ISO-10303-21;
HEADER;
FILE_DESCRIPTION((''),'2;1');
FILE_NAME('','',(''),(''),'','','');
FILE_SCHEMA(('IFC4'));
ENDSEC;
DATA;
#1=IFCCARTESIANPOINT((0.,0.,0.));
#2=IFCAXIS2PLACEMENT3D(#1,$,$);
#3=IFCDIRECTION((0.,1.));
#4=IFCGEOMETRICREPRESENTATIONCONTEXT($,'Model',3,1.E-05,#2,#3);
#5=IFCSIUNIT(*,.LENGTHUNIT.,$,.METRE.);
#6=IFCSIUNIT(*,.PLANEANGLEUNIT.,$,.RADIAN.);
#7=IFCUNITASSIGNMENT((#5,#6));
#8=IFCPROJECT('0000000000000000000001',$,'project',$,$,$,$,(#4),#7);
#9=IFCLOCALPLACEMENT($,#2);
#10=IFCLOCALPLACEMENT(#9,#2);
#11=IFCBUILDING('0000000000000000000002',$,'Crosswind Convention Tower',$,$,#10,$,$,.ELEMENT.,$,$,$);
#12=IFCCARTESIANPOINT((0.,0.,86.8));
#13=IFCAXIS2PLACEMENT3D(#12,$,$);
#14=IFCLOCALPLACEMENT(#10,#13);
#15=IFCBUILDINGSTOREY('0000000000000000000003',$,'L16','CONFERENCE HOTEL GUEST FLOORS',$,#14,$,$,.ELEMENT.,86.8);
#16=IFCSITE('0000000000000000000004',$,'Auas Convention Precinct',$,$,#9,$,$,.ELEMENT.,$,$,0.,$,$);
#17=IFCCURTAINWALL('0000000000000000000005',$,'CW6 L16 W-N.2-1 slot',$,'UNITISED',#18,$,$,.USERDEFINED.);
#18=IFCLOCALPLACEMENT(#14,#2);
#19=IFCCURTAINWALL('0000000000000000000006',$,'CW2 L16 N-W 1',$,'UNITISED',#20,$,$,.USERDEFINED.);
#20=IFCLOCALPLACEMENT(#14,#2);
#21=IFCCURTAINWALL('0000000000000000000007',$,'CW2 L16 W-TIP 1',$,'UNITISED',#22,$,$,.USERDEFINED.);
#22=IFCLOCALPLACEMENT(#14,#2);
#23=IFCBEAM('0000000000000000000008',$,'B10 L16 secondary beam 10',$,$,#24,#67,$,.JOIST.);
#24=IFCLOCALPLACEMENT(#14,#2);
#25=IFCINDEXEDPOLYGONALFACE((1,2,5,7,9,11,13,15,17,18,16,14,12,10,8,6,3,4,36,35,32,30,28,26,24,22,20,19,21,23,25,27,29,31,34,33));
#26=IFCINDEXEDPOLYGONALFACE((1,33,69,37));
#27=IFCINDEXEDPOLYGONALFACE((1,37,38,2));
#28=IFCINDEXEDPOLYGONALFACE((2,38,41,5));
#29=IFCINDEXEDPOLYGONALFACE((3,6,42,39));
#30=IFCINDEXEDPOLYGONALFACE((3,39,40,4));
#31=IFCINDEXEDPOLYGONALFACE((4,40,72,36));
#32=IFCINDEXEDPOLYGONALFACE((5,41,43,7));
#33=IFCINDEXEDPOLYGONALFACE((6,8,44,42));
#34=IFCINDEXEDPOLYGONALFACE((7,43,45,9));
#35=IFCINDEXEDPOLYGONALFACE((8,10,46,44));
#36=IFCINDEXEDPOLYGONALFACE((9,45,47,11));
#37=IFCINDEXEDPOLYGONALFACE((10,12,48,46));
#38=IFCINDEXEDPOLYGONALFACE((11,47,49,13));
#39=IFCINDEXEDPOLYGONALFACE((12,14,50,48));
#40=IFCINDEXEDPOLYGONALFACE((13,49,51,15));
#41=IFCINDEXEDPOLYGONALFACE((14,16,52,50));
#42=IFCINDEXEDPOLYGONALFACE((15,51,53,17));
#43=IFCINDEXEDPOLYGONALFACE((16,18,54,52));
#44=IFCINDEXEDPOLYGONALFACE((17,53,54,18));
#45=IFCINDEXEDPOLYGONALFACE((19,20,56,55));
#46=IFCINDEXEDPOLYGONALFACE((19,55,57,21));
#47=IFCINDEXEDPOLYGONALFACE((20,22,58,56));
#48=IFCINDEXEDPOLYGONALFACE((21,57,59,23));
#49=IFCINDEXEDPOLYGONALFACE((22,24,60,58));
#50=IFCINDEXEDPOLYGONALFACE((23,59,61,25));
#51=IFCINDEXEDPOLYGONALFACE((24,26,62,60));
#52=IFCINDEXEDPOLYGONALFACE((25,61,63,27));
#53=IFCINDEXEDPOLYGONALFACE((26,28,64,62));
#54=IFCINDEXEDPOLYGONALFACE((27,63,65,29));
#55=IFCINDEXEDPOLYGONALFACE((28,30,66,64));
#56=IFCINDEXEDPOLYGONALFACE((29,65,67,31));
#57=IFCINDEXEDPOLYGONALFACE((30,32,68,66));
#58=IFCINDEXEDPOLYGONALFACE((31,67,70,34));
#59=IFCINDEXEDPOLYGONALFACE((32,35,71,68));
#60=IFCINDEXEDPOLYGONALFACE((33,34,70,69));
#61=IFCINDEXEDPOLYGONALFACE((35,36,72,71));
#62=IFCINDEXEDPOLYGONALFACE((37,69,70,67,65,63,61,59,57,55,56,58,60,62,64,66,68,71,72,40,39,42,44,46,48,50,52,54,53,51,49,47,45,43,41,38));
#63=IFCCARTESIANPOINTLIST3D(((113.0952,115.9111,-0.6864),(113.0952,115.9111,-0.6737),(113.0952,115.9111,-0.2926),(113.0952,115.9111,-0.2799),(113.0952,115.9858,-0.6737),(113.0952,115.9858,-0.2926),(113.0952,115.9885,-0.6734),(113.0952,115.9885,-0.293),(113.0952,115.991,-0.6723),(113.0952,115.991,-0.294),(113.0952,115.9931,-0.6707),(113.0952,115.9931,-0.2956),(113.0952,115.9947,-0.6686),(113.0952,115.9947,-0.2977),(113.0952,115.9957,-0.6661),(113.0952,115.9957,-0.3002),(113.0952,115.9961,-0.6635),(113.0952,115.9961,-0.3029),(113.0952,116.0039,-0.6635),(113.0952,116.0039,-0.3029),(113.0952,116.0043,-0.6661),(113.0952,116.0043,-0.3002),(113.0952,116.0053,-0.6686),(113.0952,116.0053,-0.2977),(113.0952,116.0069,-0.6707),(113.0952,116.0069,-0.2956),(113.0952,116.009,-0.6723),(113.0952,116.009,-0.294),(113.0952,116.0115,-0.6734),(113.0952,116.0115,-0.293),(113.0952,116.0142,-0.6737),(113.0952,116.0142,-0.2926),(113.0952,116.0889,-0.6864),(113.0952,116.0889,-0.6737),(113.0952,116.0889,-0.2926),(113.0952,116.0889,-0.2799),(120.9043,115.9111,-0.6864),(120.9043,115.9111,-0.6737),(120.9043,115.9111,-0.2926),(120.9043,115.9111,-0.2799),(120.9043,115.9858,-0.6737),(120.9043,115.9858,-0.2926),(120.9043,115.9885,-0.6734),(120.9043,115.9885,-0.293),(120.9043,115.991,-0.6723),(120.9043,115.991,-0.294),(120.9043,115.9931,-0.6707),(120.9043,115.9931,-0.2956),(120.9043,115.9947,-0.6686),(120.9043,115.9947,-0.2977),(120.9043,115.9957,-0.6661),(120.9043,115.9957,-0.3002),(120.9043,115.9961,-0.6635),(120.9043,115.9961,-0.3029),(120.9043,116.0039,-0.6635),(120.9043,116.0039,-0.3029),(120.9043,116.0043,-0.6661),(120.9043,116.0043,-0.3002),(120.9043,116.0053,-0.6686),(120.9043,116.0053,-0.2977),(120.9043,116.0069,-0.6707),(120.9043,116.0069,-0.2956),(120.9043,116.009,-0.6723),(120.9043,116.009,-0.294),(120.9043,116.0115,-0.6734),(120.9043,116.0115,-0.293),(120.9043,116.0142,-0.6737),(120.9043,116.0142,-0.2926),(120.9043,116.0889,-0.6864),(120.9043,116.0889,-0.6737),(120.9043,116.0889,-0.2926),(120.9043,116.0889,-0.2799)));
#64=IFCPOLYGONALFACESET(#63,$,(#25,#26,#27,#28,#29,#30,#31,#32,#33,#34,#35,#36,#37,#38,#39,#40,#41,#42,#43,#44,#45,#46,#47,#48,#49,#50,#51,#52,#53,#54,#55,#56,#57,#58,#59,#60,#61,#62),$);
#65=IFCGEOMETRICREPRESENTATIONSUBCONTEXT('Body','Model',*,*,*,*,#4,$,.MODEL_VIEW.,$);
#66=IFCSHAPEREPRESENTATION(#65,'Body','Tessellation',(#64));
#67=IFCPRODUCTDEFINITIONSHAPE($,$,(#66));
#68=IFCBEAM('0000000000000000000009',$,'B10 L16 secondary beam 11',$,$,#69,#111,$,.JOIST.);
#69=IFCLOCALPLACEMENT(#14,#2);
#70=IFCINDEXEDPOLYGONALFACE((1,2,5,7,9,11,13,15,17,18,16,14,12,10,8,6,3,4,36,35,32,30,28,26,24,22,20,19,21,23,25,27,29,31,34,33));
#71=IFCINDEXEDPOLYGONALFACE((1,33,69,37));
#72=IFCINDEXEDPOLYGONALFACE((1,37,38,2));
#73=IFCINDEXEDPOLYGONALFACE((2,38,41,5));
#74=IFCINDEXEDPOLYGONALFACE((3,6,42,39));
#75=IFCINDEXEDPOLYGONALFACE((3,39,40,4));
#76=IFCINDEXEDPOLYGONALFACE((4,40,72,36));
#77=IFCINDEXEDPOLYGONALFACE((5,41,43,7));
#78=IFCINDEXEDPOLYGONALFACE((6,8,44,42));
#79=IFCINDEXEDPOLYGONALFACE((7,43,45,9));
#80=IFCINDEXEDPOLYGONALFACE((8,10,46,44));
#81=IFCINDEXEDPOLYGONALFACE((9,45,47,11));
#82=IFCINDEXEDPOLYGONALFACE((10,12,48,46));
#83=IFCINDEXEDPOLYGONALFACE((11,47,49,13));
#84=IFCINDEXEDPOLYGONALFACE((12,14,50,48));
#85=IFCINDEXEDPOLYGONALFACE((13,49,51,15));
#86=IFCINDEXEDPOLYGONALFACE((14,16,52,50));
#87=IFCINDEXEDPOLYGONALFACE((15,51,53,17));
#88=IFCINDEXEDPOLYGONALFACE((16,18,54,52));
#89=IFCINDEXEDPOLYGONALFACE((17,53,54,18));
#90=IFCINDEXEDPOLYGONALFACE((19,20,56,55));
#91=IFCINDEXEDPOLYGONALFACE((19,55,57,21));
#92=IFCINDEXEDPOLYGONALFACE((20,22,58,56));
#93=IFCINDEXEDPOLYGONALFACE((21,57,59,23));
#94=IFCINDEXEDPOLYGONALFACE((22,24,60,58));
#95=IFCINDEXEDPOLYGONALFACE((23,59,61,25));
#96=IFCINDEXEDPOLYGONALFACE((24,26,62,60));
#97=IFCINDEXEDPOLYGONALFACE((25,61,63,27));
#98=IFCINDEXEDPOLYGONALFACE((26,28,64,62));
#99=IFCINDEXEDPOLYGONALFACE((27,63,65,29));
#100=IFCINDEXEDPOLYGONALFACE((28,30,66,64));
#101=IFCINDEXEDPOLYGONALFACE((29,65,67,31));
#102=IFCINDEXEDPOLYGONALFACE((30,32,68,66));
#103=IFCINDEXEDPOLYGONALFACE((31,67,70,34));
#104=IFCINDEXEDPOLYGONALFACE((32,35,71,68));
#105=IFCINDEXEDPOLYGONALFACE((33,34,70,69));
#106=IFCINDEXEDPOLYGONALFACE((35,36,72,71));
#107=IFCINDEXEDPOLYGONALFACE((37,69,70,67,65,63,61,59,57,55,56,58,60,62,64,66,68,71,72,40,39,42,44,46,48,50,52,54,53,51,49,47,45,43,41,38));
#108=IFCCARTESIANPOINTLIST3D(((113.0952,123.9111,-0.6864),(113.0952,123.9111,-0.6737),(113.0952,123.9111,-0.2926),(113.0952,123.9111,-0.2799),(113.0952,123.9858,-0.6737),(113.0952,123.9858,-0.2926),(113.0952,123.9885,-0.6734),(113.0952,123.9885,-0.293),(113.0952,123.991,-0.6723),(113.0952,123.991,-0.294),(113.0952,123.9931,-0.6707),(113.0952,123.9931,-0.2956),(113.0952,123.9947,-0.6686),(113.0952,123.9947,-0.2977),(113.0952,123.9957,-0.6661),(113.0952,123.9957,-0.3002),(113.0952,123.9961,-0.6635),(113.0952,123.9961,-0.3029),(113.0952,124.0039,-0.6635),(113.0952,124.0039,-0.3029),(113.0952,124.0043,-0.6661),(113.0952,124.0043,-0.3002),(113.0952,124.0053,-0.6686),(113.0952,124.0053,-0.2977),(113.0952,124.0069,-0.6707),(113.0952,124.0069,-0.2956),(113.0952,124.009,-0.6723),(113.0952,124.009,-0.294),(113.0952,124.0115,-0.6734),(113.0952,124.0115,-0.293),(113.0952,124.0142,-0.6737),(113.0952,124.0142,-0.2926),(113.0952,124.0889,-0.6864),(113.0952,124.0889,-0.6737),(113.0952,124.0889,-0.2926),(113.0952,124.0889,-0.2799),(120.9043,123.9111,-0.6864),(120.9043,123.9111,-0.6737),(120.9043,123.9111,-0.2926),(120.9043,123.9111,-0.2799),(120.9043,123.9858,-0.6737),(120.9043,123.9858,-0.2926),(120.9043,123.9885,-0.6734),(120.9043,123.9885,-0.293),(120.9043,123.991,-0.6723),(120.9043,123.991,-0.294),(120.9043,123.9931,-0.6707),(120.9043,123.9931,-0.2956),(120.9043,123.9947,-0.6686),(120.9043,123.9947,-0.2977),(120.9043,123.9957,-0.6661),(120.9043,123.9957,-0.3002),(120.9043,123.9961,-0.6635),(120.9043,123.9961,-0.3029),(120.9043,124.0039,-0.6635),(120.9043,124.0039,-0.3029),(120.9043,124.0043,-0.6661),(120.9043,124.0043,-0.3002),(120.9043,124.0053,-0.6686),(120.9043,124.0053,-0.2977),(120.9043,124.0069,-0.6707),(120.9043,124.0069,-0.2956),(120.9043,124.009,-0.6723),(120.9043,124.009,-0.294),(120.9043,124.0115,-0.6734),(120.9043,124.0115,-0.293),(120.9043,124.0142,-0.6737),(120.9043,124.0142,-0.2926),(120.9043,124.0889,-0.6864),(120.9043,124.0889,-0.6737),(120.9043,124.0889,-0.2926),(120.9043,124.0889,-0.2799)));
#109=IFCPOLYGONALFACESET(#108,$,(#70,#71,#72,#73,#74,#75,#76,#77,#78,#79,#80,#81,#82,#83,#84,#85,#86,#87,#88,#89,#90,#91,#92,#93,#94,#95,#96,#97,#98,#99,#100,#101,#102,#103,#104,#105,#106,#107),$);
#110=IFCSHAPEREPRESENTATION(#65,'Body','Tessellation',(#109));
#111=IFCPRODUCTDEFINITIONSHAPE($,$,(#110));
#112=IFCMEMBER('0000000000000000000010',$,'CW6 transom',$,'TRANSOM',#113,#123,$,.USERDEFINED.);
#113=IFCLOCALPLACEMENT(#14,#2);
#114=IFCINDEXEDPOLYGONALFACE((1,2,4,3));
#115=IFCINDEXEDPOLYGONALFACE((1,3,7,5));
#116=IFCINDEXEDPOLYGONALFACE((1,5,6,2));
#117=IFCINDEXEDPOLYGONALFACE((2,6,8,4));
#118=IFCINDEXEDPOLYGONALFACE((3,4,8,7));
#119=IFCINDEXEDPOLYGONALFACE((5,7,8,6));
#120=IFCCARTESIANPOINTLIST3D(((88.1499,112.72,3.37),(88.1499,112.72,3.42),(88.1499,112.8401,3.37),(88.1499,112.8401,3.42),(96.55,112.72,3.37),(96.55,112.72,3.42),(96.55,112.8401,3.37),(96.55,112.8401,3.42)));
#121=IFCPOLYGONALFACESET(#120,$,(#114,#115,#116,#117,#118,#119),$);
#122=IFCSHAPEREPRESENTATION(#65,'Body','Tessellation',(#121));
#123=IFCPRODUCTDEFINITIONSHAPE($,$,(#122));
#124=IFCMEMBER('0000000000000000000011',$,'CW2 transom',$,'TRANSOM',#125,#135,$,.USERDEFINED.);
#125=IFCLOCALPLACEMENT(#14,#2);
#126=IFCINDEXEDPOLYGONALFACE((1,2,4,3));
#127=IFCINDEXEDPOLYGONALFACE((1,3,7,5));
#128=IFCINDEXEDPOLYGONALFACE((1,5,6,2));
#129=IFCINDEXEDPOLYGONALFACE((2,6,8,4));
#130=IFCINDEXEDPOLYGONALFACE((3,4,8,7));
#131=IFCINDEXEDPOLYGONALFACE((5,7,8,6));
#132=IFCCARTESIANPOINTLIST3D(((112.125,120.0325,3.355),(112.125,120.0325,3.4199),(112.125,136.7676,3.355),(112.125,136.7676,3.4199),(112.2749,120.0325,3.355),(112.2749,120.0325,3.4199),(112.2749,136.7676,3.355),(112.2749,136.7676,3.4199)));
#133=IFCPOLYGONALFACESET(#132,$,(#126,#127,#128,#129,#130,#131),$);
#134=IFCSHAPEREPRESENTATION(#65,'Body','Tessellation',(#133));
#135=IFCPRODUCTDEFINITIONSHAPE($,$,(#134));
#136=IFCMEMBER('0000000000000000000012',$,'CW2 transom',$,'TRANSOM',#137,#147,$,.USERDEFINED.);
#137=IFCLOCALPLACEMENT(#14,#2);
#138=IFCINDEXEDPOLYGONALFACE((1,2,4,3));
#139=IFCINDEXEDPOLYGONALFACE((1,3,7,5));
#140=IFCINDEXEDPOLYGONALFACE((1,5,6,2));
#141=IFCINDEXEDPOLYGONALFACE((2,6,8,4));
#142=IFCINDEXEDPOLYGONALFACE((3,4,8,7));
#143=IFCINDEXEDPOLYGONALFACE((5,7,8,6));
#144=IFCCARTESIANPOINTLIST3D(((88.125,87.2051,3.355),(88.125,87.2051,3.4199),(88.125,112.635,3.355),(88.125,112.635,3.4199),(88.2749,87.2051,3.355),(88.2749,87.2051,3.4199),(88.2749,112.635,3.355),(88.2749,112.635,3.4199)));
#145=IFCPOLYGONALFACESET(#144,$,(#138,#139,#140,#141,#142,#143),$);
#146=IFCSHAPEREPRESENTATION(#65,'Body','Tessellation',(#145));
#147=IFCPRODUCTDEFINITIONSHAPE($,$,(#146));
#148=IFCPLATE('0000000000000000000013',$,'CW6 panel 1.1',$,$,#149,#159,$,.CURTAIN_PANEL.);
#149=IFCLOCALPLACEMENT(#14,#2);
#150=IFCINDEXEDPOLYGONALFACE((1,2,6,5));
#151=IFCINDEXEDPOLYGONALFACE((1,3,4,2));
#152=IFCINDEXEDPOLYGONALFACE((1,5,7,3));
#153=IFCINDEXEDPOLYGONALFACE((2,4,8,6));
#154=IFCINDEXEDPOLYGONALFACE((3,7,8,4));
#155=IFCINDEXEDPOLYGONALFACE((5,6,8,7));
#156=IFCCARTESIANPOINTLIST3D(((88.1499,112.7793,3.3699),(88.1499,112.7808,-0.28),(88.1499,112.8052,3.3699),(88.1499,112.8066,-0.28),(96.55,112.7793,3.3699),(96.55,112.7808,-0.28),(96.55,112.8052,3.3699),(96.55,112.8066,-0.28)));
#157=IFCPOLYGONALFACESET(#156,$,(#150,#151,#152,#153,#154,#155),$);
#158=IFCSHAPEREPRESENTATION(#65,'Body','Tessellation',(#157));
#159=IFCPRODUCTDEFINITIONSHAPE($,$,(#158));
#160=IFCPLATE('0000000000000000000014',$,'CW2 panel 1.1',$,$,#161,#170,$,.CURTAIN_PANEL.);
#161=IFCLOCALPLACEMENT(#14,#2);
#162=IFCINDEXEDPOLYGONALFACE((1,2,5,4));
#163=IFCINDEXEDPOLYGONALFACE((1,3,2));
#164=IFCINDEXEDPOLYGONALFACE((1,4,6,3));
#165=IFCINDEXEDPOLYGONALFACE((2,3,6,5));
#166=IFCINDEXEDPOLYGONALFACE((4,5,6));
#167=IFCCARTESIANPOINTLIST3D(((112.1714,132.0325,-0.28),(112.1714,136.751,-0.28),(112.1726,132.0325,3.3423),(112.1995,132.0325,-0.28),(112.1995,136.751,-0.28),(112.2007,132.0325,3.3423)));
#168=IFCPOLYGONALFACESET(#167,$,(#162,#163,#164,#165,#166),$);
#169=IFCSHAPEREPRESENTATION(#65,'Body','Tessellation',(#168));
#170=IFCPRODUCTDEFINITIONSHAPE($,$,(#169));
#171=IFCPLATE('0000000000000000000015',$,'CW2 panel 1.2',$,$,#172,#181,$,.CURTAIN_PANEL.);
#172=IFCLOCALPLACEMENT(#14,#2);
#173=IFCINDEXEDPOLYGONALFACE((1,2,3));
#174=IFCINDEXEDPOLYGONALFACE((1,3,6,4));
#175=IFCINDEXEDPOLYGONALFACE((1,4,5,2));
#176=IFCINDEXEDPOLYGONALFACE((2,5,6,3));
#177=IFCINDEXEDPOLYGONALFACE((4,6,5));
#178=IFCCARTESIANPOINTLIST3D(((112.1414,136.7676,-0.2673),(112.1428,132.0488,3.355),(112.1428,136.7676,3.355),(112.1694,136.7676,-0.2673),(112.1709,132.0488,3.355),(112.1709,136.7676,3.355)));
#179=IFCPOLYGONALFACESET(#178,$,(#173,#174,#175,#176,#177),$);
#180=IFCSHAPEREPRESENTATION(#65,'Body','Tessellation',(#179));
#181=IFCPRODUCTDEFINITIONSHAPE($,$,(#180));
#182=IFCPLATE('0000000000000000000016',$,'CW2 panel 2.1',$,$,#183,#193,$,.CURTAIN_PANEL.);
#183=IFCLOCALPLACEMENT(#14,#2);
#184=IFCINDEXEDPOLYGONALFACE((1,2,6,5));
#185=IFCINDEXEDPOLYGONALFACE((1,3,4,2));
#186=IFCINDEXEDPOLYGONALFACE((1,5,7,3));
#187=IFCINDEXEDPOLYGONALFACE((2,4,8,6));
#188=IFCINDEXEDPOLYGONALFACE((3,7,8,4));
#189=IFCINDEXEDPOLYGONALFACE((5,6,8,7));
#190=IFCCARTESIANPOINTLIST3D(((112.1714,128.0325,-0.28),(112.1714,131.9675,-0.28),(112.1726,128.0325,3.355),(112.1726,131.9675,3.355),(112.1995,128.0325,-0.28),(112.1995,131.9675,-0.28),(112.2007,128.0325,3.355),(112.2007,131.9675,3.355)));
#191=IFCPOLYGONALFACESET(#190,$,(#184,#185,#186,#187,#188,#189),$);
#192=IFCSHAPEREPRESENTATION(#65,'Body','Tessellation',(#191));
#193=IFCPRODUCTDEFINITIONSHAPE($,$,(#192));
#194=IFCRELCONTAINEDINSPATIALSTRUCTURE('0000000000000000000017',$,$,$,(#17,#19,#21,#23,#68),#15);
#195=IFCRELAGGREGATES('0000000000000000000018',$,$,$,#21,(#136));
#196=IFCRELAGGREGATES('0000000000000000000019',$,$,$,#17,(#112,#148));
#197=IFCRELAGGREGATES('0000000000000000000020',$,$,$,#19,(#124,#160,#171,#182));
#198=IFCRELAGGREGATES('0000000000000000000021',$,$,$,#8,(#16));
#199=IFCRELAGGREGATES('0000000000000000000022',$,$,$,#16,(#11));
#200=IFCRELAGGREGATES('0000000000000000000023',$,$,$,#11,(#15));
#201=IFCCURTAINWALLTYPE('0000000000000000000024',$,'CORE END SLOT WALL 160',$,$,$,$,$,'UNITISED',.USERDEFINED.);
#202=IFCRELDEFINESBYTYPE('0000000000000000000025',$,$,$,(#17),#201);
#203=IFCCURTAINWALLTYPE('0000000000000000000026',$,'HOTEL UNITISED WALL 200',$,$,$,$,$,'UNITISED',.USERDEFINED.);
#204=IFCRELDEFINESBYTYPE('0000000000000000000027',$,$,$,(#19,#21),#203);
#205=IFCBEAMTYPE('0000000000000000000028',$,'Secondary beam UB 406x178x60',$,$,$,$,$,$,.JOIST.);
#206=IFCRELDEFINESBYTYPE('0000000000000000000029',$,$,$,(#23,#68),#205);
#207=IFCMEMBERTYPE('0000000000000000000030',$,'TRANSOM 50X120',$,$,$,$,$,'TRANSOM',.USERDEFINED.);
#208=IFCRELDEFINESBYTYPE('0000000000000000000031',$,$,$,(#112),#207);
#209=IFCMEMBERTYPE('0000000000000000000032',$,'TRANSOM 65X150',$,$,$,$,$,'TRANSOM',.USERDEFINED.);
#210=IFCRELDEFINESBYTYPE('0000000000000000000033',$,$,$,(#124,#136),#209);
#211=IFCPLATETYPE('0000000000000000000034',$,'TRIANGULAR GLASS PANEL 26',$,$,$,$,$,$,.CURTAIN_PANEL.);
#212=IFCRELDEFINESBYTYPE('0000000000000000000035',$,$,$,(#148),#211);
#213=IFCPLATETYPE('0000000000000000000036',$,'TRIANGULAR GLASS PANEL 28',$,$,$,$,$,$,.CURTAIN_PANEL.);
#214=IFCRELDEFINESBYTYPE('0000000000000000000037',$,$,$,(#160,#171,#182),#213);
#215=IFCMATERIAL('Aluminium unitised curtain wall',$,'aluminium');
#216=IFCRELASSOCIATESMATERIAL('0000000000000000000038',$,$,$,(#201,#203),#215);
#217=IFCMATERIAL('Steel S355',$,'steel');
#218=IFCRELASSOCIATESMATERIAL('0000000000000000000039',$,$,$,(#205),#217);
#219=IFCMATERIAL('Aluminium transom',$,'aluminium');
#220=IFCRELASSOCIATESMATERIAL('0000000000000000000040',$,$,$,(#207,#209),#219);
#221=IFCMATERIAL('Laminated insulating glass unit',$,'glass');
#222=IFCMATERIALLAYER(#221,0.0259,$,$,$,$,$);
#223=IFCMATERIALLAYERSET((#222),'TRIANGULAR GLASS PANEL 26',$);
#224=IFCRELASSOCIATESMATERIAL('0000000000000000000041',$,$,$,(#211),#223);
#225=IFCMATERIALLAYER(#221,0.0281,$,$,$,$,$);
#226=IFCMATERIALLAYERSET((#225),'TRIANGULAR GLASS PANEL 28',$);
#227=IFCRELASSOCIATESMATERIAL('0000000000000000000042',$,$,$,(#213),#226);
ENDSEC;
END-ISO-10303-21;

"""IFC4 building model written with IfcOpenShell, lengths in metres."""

from ifc_helpers import new_model, si_unit, direction, frame, origin, origin_2d, place, context, subcontext, project, spatial, polyline, rectangle, i_section, outline, extrude, material, layer, layer_set, material_profile, profile_set, type_object, element, aggregate, save


model = new_model("IFC4")

# Units and contexts
model_context = context("Model", 3, precision=1e-05, world=origin(), true_north=direction((0.0, 1.0)))
body_context = subcontext(model_context, "Body", "Model", "MODEL_VIEW")
ifc_project = project(units=[si_unit("LENGTHUNIT", "METRE"), si_unit("PLANEANGLEUNIT", "RADIAN")], contexts=[model_context])

# Site, building, storey
site_placement = place(None, origin())
site = spatial("IfcSite", under=ifc_project, at=site_placement, Name="Auas Convention Precinct", CompositionType="ELEMENT", RefElevation=0.0)
building_placement = place(site_placement, origin())
building = spatial("IfcBuilding", under=site, at=building_placement, Name="Crosswind Convention Tower", CompositionType="ELEMENT")
storey_placement = place(building_placement, frame((0.0, 0.0, 86.8)))
storey = spatial("IfcBuildingStorey", under=building, at=storey_placement, Name="L16", Description="CONFERENCE HOTEL GUEST FLOORS", CompositionType="ELEMENT", Elevation=86.8)

# Shared definitions
ifc_material_1 = material(Name="Steel S355", Category="steel")

# Curtain wall
ifc_material_2 = material(Name="Aluminium unitised curtain wall", Category="aluminium")
curtain_wall_type_1 = type_object("IfcCurtainWallType", Name="CORE END SLOT WALL 160", ElementType="UNITISED", PredefinedType="USERDEFINED", material=ifc_material_2)
curtain_wall_1_placement = place(storey_placement, origin())
curtain_wall_1 = element("IfcCurtainWall", 1, at=curtain_wall_1_placement, inside=storey, type_object=curtain_wall_type_1, Name="CW6 L16 W-N.2-1 slot", ObjectType="UNITISED", PredefinedType="USERDEFINED")

# Shared definitions
curtain_wall_type_2 = type_object("IfcCurtainWallType", Name="HOTEL UNITISED WALL 200", ElementType="UNITISED", PredefinedType="USERDEFINED", material=ifc_material_2)

# Curtain wall
curtain_wall_2_placement = place(storey_placement, origin())
curtain_wall_2 = element("IfcCurtainWall", 2, at=curtain_wall_2_placement, inside=storey, type_object=curtain_wall_type_2, Name="CW2 L16 N-W 1", ObjectType="UNITISED", PredefinedType="USERDEFINED")

# Curtain wall
curtain_wall_3_placement = place(storey_placement, origin())
curtain_wall_3 = element("IfcCurtainWall", 3, at=curtain_wall_3_placement, inside=storey, type_object=curtain_wall_type_2, Name="CW2 L16 W-TIP 1", ObjectType="UNITISED", PredefinedType="USERDEFINED")

# Beams
ifc_material_profile_1 = material_profile(ifc_material_1, i_section(OverallWidth=0.1777, OverallDepth=0.4065, WebThickness=0.0078, FlangeThickness=0.0127, FilletRadius=0.0103, at=origin_2d()), Name="UB 406x178x60")
ifc_profile_set_1 = profile_set([ifc_material_profile_1], Name="Steel S355")
beam_type_1 = type_object("IfcBeamType", Name="Secondary beam UB 406x178x60", PredefinedType="JOIST", material=ifc_profile_set_1)
for number, where, z_axis, x_axis, name in (
    (4, (113.0952, 116.0, -0.4832), (1.0, 0.0, 0.0), (0.0, 1.0, 0.0), "B10 L16 secondary beam 10"),
    (5, (113.0952, 124.0, -0.4832), (1.0, 0.0, 0.0), (0.0, 1.0, 0.0), "B10 L16 secondary beam 11"),
):
    element("IfcBeam", number, at=place(storey_placement, frame(where, z_axis=z_axis, x_axis=x_axis)), inside=storey, type_object=beam_type_1, Name=name, PredefinedType="JOIST", context=body_context, shape_type="SweptSolid", body=[
        extrude(i_section(OverallWidth=0.1777, OverallDepth=0.4065, WebThickness=0.0078, FlangeThickness=0.0127, FilletRadius=0.0103, at=origin_2d()), origin(), (0.0, 0.0, 1.0), 7.8091),
    ])

# Members
ifc_material_3 = material(Name="Aluminium transom", Category="aluminium")
ifc_material_profile_2 = material_profile(ifc_material_3, rectangle(XDim=0.1201, YDim=0.05, at=origin_2d()), Name="AL 120X50")
ifc_profile_set_2 = profile_set([ifc_material_profile_2], Name="Aluminium transom")
member_type_1 = type_object("IfcMemberType", Name="TRANSOM 50X120", ElementType="TRANSOM", PredefinedType="USERDEFINED", material=ifc_profile_set_2)
member_1_placement = place(storey_placement, frame((96.55, 112.78, 3.395), z_axis=(-1.0, 0.0, 0.0), x_axis=(0.0, -1.0, 0.0)))
member_1 = element("IfcMember", 6, at=member_1_placement, type_object=member_type_1, Name="CW6 transom", ObjectType="TRANSOM", PredefinedType="USERDEFINED", context=body_context, shape_type="SweptSolid", body=[
    extrude(rectangle(XDim=0.1201, YDim=0.05, at=origin_2d()), origin(), (0.0, 0.0, 1.0), 8.4001),
])
ifc_material_profile_3 = material_profile(ifc_material_3, rectangle(XDim=0.1499, YDim=0.0649, at=origin_2d()), Name="AL 150X65")
ifc_profile_set_3 = profile_set([ifc_material_profile_3], Name="Aluminium transom")
member_type_2 = type_object("IfcMemberType", Name="TRANSOM 65X150", ElementType="TRANSOM", PredefinedType="USERDEFINED", material=ifc_profile_set_3)
member_2_placement = place(storey_placement, frame((112.2, 136.7676, 3.3875), z_axis=(0.0, -1.0, 0.0), x_axis=(1.0, 0.0, 0.0)))
member_2 = element("IfcMember", 7, at=member_2_placement, type_object=member_type_2, Name="CW2 transom", ObjectType="TRANSOM", PredefinedType="USERDEFINED", context=body_context, shape_type="SweptSolid", body=[
    extrude(rectangle(XDim=0.1499, YDim=0.0649, at=origin_2d()), origin(), (0.0, 0.0, 1.0), 16.7351),
])
member_3_placement = place(storey_placement, frame((88.2, 112.635, 3.3875), z_axis=(0.0, -1.0, 0.0), x_axis=(1.0, 0.0, 0.0)))
member_3 = element("IfcMember", 8, at=member_3_placement, type_object=member_type_2, Name="CW2 transom", ObjectType="TRANSOM", PredefinedType="USERDEFINED", context=body_context, shape_type="SweptSolid", body=[
    extrude(rectangle(XDim=0.1499, YDim=0.0649, at=origin_2d()), origin(), (0.0, 0.0, 1.0), 25.4299),
])
aggregate(curtain_wall_3, [member_3])

# Plates
ifc_material_4 = material(Name="Laminated insulating glass unit", Category="glass")
ifc_layer_1 = layer(ifc_material_4, 0.0259)
ifc_layer_set_1 = layer_set([ifc_layer_1], Name="TRIANGULAR GLASS PANEL 26")
plate_type_1 = type_object("IfcPlateType", Name="TRIANGULAR GLASS PANEL 26", PredefinedType="CURTAIN_PANEL", material=ifc_layer_set_1)
plate_1_placement = place(storey_placement, frame((96.55, 112.8066, -0.28), z_axis=(0.0, 1.0, 0.000401), x_axis=(-1.0, 0.0, 0.0)))
plate_1 = element("IfcPlate", 9, at=plate_1_placement, type_object=plate_type_1, Name="CW6 panel 1.1", PredefinedType="CURTAIN_PANEL", context=body_context, shape_type="SweptSolid", body=[
    extrude(outline(polyline([(0.0, 0.0), (8.4001, 0.0), (8.4001, 3.6499), (0.0, 3.6499), (0.0, 0.0)])), origin(), (0.0, 0.0, -1.0), 0.0259),
])
aggregate(curtain_wall_1, [member_1, plate_1])
ifc_layer_2 = layer(ifc_material_4, 0.0281)
ifc_layer_set_2 = layer_set([ifc_layer_2], Name="TRIANGULAR GLASS PANEL 28")
plate_type_2 = type_object("IfcPlateType", Name="TRIANGULAR GLASS PANEL 28", PredefinedType="CURTAIN_PANEL", material=ifc_layer_set_2)
plate_2_placement = place(storey_placement, frame((112.1714, 132.0325, -0.28), z_axis=(-1.0, 0.0, 0.000337), x_axis=(0.000337, 0.0, 1.0)))
plate_2 = element("IfcPlate", 10, at=plate_2_placement, type_object=plate_type_2, Name="CW2 panel 1.1", PredefinedType="CURTAIN_PANEL", context=body_context, shape_type="SweptSolid", body=[
    extrude(outline(polyline([(0.0, 0.0), (3.6223, 0.0), (0.0, 4.7185), (0.0, 0.0)])), origin(), (0.0, 0.0, -1.0), 0.0281),
])
plate_3_placement = place(storey_placement, frame((112.1428, 136.7676, 3.355), z_axis=(-1.0, 0.0, 0.000404), x_axis=(-0.000404, 0.0, -1.0)))
plate_3 = element("IfcPlate", 11, at=plate_3_placement, type_object=plate_type_2, Name="CW2 panel 1.2", PredefinedType="CURTAIN_PANEL", context=body_context, shape_type="SweptSolid", body=[
    extrude(outline(polyline([(0.0, 0.0), (3.6223, 0.0), (0.0, 4.7188), (0.0, 0.0)])), origin(), (0.0, 0.0, -1.0), 0.0281),
])
plate_4_placement = place(storey_placement, frame((112.1714, 131.9675, -0.28), z_axis=(-1.0, 0.0, 0.000336), x_axis=(0.0, -1.0, 0.0)))
plate_4 = element("IfcPlate", 12, at=plate_4_placement, type_object=plate_type_2, Name="CW2 panel 2.1", PredefinedType="CURTAIN_PANEL", context=body_context, shape_type="SweptSolid", body=[
    extrude(outline(polyline([(0.0, 0.0), (3.9351, 0.0), (3.9351, 3.635), (0.0, 3.635), (0.0, 0.0)])), origin(), (0.0, 0.0, -1.0), 0.0281),
])

aggregate(curtain_wall_2, [member_2, plate_2, plate_3, plate_4])

save(model, "model.ifc")
